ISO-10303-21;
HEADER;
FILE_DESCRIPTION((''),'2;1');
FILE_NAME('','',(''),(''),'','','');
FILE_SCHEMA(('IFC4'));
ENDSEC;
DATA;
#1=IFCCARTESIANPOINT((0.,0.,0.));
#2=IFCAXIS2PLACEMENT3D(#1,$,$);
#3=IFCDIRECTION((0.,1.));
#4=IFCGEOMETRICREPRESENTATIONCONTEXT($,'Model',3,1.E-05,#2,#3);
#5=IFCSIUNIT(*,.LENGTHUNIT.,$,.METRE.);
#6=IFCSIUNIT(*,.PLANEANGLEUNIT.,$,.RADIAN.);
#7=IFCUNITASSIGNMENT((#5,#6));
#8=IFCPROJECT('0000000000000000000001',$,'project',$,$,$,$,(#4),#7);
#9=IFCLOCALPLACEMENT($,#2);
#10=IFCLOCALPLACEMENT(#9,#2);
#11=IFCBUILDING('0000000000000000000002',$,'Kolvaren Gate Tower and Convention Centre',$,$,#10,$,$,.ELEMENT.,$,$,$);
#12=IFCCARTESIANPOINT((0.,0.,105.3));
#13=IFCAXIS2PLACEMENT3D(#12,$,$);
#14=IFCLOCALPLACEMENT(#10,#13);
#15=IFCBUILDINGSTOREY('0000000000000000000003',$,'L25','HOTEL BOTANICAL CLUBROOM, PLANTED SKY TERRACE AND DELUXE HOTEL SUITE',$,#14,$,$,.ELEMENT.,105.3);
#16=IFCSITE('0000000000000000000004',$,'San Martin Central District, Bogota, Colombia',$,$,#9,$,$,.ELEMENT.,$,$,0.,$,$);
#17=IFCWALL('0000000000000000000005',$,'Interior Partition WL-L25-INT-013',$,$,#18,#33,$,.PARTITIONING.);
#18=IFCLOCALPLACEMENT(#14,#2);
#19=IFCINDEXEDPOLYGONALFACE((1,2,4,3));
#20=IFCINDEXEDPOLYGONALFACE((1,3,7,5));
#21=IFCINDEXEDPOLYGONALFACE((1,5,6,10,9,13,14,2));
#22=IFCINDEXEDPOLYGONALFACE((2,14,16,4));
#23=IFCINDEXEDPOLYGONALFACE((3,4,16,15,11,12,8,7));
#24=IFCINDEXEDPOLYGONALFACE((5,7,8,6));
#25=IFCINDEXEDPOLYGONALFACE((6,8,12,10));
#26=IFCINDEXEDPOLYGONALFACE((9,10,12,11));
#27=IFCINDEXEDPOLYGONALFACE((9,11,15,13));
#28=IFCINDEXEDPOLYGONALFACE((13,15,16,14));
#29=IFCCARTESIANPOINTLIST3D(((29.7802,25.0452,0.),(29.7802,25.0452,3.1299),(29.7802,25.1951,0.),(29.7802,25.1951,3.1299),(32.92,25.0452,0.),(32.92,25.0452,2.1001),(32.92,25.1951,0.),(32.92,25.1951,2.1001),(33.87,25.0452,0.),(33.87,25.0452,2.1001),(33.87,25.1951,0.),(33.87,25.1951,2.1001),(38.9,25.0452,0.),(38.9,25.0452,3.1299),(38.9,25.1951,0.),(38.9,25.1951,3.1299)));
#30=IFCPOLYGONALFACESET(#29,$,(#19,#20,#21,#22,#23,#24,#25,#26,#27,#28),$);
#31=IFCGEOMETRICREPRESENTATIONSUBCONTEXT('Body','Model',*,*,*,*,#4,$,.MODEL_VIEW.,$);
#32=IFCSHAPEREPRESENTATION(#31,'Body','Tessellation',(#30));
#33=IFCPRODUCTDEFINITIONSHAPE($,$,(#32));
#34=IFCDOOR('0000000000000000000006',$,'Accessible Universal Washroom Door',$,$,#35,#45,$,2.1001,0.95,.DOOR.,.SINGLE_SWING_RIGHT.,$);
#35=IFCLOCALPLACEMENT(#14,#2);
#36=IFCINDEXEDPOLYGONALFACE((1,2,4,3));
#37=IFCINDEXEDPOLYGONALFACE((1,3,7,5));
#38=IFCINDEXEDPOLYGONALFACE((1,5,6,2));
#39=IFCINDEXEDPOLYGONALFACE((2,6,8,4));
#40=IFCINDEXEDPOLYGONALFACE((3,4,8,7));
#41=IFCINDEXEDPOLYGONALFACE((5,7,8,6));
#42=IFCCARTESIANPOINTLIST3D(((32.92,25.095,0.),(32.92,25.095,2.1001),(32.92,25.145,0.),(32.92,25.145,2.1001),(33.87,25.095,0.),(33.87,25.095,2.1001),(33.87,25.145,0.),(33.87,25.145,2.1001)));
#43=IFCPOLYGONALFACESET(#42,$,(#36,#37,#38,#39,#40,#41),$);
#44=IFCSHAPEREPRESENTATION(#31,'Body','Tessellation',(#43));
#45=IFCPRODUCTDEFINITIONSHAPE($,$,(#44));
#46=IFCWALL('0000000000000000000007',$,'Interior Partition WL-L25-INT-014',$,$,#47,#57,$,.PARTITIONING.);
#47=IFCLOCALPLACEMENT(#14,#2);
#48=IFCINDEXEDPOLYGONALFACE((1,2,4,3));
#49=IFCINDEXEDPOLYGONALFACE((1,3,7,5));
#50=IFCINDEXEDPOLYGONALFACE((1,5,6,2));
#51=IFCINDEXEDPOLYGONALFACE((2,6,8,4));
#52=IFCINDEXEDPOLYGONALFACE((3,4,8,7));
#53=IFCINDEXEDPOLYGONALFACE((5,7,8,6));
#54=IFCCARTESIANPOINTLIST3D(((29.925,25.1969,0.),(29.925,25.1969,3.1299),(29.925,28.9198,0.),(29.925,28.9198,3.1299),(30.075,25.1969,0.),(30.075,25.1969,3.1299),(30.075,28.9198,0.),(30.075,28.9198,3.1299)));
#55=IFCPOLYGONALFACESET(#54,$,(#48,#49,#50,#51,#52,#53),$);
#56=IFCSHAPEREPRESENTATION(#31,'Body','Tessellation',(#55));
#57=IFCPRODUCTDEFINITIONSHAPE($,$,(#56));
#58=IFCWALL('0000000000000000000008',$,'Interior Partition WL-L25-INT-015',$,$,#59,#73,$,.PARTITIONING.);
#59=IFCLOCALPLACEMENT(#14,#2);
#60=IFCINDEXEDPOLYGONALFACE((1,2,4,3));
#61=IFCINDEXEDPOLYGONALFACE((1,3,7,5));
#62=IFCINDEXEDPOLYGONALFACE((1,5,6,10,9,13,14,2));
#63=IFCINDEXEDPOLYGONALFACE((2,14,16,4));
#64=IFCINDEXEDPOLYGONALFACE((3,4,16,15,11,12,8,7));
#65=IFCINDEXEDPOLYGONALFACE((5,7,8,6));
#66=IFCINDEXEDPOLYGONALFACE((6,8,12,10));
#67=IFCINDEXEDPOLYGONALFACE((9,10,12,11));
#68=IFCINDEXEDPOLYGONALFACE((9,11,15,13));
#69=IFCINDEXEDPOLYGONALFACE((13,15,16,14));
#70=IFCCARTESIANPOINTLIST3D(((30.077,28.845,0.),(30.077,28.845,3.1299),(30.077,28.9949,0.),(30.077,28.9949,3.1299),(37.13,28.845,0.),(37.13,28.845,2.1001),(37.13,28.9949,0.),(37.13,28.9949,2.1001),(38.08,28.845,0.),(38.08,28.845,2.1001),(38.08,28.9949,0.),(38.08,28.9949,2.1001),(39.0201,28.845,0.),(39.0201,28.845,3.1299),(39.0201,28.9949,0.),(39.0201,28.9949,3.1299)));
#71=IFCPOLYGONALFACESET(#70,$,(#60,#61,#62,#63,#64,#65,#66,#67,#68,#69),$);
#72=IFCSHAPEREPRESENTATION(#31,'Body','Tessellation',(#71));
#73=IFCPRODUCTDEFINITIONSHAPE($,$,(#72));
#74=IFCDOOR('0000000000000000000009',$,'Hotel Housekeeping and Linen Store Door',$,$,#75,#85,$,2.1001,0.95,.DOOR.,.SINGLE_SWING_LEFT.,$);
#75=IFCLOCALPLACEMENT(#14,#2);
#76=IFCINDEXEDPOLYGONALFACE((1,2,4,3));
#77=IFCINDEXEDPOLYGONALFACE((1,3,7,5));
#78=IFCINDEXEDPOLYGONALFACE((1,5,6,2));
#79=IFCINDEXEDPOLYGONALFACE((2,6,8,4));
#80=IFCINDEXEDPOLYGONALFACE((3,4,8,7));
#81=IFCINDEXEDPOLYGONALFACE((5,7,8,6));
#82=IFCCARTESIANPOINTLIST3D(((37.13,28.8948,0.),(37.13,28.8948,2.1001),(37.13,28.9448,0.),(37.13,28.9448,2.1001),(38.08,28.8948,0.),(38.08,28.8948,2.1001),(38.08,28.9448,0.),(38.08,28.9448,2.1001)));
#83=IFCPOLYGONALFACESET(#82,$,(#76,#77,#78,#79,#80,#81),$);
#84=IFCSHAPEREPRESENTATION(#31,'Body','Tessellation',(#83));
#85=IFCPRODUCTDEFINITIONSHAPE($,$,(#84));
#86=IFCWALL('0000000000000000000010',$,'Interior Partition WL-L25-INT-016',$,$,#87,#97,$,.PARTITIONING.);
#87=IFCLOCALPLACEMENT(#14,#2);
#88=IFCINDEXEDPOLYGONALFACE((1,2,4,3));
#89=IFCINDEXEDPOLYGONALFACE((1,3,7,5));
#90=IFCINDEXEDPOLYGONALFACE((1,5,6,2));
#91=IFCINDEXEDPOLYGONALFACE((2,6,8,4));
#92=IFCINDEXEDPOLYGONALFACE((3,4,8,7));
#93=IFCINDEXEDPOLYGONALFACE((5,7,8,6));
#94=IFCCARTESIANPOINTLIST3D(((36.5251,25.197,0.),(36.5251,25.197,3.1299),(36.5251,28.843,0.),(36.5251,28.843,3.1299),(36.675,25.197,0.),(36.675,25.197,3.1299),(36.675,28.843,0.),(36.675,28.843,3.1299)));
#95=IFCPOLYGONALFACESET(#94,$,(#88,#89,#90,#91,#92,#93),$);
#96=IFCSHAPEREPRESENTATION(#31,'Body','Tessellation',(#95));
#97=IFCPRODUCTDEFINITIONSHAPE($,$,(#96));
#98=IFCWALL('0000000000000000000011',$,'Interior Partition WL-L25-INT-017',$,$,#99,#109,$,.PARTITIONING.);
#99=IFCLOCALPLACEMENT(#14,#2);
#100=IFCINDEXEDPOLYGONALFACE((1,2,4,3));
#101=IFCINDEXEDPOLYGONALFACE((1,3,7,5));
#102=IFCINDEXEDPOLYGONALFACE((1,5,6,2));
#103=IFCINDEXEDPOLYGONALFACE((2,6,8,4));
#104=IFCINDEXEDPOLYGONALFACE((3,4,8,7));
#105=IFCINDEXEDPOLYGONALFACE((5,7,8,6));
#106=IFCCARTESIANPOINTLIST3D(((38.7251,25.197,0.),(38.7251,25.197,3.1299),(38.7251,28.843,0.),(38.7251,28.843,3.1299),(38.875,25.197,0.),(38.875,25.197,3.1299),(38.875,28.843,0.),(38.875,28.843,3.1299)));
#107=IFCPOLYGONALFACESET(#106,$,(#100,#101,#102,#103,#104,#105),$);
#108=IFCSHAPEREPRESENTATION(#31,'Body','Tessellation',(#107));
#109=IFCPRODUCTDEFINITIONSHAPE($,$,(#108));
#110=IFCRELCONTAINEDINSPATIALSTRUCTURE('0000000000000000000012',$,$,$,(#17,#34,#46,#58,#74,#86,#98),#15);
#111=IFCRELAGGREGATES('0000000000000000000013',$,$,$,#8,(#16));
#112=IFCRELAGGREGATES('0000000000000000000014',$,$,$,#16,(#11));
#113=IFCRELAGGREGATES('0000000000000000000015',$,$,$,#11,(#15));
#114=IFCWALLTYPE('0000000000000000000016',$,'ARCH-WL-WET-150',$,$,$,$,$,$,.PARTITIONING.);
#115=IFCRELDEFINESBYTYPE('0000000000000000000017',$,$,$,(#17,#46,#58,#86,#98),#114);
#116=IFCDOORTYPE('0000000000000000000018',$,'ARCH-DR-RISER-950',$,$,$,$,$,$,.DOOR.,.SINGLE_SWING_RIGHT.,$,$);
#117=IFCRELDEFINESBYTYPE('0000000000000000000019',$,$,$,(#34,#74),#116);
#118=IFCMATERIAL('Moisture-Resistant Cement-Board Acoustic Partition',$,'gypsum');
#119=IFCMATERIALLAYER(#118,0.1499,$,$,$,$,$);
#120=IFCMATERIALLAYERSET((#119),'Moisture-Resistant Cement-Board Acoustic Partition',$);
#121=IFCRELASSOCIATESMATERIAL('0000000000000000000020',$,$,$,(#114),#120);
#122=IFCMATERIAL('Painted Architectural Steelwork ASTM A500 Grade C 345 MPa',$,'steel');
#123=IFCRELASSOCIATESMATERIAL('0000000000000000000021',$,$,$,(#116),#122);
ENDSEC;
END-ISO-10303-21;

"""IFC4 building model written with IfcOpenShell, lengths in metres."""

from ifc_helpers import new_model, si_unit, direction, frame, frame_2d, origin, place, context, subcontext, project, spatial, rectangle, extrude, material, layer, layer_set, type_object, element, fill, save


model = new_model("IFC4")

# Units and contexts
model_context = context("Model", 3, precision=1e-05, world=origin(), true_north=direction((0.0, 1.0)))
body_context = subcontext(model_context, "Body", "Model", "MODEL_VIEW")
ifc_project = project(units=[si_unit("LENGTHUNIT", "METRE"), si_unit("PLANEANGLEUNIT", "RADIAN")], contexts=[model_context])

# Site, building, storey
site_placement = place(None, origin())
site = spatial("IfcSite", under=ifc_project, at=site_placement, Name="San Martin Central District, Bogota, Colombia", CompositionType="ELEMENT", RefElevation=0.0)
building_placement = place(site_placement, origin())
building = spatial("IfcBuilding", under=site, at=building_placement, Name="Kolvaren Gate Tower and Convention Centre", CompositionType="ELEMENT")
storey_placement = place(building_placement, frame((0.0, 0.0, 105.3)))
storey = spatial("IfcBuildingStorey", under=building, at=storey_placement, Name="L25", Description="HOTEL BOTANICAL CLUBROOM, PLANTED SKY TERRACE AND DELUXE HOTEL SUITE", CompositionType="ELEMENT", Elevation=105.3)

# Wall, opening, door
ifc_material_1 = material(Name="Moisture-Resistant Cement-Board Acoustic Partition", Category="gypsum")
ifc_layer_1 = layer(ifc_material_1, 0.1499)
ifc_layer_set_1 = layer_set([ifc_layer_1], Name="Moisture-Resistant Cement-Board Acoustic Partition")
wall_type_1 = type_object("IfcWallType", Name="ARCH-WL-WET-150", PredefinedType="PARTITIONING", material=ifc_layer_set_1)
wall_1_placement = place(storey_placement, frame((29.78, 25.1201, 0.0), z_axis=(0.0, 0.0, 1.0), x_axis=(1.0, 0.0, 0.0)))
wall_1 = element("IfcWall", 1, at=wall_1_placement, inside=storey, type_object=wall_type_1, Name="Interior Partition WL-L25-INT-013", PredefinedType="PARTITIONING", context=body_context, shape_type="SweptSolid", body=[
    extrude(rectangle(XDim=9.1199, YDim=0.1499, at=frame_2d((4.5601, 0.0))), origin(), (0.0, 0.0, 1.0), 3.1299),
])
opening_1_placement = place(wall_1_placement, frame((3.1399, 0.0, 0.0)))
opening_1 = element("IfcOpeningElement", 2, at=opening_1_placement, cuts=wall_1, PredefinedType="OPENING", context=body_context, shape_type="SweptSolid", body=[
    extrude(rectangle(XDim=0.95, YDim=2.1001, at=frame_2d((0.4751, 1.05))), frame((0.0, 0.085, 0.0), z_axis=(0.0, -1.0, 0.0), x_axis=(1.0, 0.0, 0.0)), (0.0, 0.0, 1.0), 0.1699),
])
ifc_material_2 = material(Name="Painted Architectural Steelwork ASTM A500 Grade C 345 MPa", Category="steel")
door_type = type_object("IfcDoorType", Name="ARCH-DR-RISER-950", OperationType="SINGLE_SWING_RIGHT", PredefinedType="DOOR", material=ifc_material_2)
door_1_placement = place(opening_1_placement, origin())
door_1 = element("IfcDoor", 3, at=door_1_placement, inside=storey, type_object=door_type, Name="Accessible Universal Washroom Door", OperationType="SINGLE_SWING_RIGHT", OverallHeight=2.1001, OverallWidth=0.95, PredefinedType="DOOR", context=body_context, shape_type="SweptSolid", body=[
    extrude(rectangle(XDim=0.95, YDim=2.1001, at=frame_2d((0.4751, 1.05))), frame((0.0, 0.0249, 0.0), z_axis=(0.0, -1.0, 0.0), x_axis=(1.0, 0.0, 0.0)), (0.0, 0.0, 1.0), 0.05),
])
fill(opening_1, door_1)

# Wall
wall_2_placement = place(storey_placement, frame((30.0, 25.197, 0.0), z_axis=(0.0, 0.0, 1.0), x_axis=(0.0, 1.0, 0.0)))
element("IfcWall", 4, at=wall_2_placement, inside=storey, type_object=wall_type_1, Name="Interior Partition WL-L25-INT-014", PredefinedType="PARTITIONING", context=body_context, shape_type="SweptSolid", body=[
    extrude(rectangle(XDim=3.7229, YDim=0.1499, at=frame_2d((1.8613, 0.0))), origin(), (0.0, 0.0, 1.0), 3.1299),
])

# Wall, opening, door
wall_3_placement = place(storey_placement, frame((30.0769, 28.9199, 0.0), z_axis=(0.0, 0.0, 1.0), x_axis=(1.0, 0.0, 0.0)))
wall_3 = element("IfcWall", 5, at=wall_3_placement, inside=storey, type_object=wall_type_1, Name="Interior Partition WL-L25-INT-015", PredefinedType="PARTITIONING", context=body_context, shape_type="SweptSolid", body=[
    extrude(rectangle(XDim=8.9431, YDim=0.1499, at=frame_2d((4.4717, 0.0))), origin(), (0.0, 0.0, 1.0), 3.1299),
])
opening_2_placement = place(wall_3_placement, frame((7.053, 0.0, 0.0)))
opening_2 = element("IfcOpeningElement", 6, at=opening_2_placement, cuts=wall_3, PredefinedType="OPENING", context=body_context, shape_type="SweptSolid", body=[
    extrude(rectangle(XDim=0.95, YDim=2.1001, at=frame_2d((0.4751, 1.05))), frame((0.0, 0.085, 0.0), z_axis=(0.0, -1.0, 0.0), x_axis=(1.0, 0.0, 0.0)), (0.0, 0.0, 1.0), 0.1699),
])
door_2_placement = place(opening_2_placement, origin())
door_2 = element("IfcDoor", 7, at=door_2_placement, inside=storey, type_object=door_type, Name="Hotel Housekeeping and Linen Store Door", OperationType="SINGLE_SWING_LEFT", OverallHeight=2.1001, OverallWidth=0.95, PredefinedType="DOOR", context=body_context, shape_type="SweptSolid", body=[
    extrude(rectangle(XDim=0.95, YDim=2.1001, at=frame_2d((0.4751, 1.05))), frame((0.0, 0.0249, 0.0), z_axis=(0.0, -1.0, 0.0), x_axis=(1.0, 0.0, 0.0)), (0.0, 0.0, 1.0), 0.05),
])
fill(opening_2, door_2)

# Walls
for number, where, z_axis, x_axis, name in (
    (8, (36.6001, 25.197, 0.0), (0.0, 0.0, 1.0), (0.0, 1.0, 0.0), "Interior Partition WL-L25-INT-016"),
    (9, (38.8, 25.197, 0.0), (0.0, 0.0, 1.0), (0.0, 1.0, 0.0), "Interior Partition WL-L25-INT-017"),
):
    element("IfcWall", number, at=place(storey_placement, frame(where, z_axis=z_axis, x_axis=x_axis)), inside=storey, type_object=wall_type_1, Name=name, PredefinedType="PARTITIONING", context=body_context, shape_type="SweptSolid", body=[
        extrude(rectangle(XDim=3.646, YDim=0.1499, at=frame_2d((1.823, 0.0))), origin(), (0.0, 0.0, 1.0), 3.1299),
    ])

save(model, "model.ifc")
